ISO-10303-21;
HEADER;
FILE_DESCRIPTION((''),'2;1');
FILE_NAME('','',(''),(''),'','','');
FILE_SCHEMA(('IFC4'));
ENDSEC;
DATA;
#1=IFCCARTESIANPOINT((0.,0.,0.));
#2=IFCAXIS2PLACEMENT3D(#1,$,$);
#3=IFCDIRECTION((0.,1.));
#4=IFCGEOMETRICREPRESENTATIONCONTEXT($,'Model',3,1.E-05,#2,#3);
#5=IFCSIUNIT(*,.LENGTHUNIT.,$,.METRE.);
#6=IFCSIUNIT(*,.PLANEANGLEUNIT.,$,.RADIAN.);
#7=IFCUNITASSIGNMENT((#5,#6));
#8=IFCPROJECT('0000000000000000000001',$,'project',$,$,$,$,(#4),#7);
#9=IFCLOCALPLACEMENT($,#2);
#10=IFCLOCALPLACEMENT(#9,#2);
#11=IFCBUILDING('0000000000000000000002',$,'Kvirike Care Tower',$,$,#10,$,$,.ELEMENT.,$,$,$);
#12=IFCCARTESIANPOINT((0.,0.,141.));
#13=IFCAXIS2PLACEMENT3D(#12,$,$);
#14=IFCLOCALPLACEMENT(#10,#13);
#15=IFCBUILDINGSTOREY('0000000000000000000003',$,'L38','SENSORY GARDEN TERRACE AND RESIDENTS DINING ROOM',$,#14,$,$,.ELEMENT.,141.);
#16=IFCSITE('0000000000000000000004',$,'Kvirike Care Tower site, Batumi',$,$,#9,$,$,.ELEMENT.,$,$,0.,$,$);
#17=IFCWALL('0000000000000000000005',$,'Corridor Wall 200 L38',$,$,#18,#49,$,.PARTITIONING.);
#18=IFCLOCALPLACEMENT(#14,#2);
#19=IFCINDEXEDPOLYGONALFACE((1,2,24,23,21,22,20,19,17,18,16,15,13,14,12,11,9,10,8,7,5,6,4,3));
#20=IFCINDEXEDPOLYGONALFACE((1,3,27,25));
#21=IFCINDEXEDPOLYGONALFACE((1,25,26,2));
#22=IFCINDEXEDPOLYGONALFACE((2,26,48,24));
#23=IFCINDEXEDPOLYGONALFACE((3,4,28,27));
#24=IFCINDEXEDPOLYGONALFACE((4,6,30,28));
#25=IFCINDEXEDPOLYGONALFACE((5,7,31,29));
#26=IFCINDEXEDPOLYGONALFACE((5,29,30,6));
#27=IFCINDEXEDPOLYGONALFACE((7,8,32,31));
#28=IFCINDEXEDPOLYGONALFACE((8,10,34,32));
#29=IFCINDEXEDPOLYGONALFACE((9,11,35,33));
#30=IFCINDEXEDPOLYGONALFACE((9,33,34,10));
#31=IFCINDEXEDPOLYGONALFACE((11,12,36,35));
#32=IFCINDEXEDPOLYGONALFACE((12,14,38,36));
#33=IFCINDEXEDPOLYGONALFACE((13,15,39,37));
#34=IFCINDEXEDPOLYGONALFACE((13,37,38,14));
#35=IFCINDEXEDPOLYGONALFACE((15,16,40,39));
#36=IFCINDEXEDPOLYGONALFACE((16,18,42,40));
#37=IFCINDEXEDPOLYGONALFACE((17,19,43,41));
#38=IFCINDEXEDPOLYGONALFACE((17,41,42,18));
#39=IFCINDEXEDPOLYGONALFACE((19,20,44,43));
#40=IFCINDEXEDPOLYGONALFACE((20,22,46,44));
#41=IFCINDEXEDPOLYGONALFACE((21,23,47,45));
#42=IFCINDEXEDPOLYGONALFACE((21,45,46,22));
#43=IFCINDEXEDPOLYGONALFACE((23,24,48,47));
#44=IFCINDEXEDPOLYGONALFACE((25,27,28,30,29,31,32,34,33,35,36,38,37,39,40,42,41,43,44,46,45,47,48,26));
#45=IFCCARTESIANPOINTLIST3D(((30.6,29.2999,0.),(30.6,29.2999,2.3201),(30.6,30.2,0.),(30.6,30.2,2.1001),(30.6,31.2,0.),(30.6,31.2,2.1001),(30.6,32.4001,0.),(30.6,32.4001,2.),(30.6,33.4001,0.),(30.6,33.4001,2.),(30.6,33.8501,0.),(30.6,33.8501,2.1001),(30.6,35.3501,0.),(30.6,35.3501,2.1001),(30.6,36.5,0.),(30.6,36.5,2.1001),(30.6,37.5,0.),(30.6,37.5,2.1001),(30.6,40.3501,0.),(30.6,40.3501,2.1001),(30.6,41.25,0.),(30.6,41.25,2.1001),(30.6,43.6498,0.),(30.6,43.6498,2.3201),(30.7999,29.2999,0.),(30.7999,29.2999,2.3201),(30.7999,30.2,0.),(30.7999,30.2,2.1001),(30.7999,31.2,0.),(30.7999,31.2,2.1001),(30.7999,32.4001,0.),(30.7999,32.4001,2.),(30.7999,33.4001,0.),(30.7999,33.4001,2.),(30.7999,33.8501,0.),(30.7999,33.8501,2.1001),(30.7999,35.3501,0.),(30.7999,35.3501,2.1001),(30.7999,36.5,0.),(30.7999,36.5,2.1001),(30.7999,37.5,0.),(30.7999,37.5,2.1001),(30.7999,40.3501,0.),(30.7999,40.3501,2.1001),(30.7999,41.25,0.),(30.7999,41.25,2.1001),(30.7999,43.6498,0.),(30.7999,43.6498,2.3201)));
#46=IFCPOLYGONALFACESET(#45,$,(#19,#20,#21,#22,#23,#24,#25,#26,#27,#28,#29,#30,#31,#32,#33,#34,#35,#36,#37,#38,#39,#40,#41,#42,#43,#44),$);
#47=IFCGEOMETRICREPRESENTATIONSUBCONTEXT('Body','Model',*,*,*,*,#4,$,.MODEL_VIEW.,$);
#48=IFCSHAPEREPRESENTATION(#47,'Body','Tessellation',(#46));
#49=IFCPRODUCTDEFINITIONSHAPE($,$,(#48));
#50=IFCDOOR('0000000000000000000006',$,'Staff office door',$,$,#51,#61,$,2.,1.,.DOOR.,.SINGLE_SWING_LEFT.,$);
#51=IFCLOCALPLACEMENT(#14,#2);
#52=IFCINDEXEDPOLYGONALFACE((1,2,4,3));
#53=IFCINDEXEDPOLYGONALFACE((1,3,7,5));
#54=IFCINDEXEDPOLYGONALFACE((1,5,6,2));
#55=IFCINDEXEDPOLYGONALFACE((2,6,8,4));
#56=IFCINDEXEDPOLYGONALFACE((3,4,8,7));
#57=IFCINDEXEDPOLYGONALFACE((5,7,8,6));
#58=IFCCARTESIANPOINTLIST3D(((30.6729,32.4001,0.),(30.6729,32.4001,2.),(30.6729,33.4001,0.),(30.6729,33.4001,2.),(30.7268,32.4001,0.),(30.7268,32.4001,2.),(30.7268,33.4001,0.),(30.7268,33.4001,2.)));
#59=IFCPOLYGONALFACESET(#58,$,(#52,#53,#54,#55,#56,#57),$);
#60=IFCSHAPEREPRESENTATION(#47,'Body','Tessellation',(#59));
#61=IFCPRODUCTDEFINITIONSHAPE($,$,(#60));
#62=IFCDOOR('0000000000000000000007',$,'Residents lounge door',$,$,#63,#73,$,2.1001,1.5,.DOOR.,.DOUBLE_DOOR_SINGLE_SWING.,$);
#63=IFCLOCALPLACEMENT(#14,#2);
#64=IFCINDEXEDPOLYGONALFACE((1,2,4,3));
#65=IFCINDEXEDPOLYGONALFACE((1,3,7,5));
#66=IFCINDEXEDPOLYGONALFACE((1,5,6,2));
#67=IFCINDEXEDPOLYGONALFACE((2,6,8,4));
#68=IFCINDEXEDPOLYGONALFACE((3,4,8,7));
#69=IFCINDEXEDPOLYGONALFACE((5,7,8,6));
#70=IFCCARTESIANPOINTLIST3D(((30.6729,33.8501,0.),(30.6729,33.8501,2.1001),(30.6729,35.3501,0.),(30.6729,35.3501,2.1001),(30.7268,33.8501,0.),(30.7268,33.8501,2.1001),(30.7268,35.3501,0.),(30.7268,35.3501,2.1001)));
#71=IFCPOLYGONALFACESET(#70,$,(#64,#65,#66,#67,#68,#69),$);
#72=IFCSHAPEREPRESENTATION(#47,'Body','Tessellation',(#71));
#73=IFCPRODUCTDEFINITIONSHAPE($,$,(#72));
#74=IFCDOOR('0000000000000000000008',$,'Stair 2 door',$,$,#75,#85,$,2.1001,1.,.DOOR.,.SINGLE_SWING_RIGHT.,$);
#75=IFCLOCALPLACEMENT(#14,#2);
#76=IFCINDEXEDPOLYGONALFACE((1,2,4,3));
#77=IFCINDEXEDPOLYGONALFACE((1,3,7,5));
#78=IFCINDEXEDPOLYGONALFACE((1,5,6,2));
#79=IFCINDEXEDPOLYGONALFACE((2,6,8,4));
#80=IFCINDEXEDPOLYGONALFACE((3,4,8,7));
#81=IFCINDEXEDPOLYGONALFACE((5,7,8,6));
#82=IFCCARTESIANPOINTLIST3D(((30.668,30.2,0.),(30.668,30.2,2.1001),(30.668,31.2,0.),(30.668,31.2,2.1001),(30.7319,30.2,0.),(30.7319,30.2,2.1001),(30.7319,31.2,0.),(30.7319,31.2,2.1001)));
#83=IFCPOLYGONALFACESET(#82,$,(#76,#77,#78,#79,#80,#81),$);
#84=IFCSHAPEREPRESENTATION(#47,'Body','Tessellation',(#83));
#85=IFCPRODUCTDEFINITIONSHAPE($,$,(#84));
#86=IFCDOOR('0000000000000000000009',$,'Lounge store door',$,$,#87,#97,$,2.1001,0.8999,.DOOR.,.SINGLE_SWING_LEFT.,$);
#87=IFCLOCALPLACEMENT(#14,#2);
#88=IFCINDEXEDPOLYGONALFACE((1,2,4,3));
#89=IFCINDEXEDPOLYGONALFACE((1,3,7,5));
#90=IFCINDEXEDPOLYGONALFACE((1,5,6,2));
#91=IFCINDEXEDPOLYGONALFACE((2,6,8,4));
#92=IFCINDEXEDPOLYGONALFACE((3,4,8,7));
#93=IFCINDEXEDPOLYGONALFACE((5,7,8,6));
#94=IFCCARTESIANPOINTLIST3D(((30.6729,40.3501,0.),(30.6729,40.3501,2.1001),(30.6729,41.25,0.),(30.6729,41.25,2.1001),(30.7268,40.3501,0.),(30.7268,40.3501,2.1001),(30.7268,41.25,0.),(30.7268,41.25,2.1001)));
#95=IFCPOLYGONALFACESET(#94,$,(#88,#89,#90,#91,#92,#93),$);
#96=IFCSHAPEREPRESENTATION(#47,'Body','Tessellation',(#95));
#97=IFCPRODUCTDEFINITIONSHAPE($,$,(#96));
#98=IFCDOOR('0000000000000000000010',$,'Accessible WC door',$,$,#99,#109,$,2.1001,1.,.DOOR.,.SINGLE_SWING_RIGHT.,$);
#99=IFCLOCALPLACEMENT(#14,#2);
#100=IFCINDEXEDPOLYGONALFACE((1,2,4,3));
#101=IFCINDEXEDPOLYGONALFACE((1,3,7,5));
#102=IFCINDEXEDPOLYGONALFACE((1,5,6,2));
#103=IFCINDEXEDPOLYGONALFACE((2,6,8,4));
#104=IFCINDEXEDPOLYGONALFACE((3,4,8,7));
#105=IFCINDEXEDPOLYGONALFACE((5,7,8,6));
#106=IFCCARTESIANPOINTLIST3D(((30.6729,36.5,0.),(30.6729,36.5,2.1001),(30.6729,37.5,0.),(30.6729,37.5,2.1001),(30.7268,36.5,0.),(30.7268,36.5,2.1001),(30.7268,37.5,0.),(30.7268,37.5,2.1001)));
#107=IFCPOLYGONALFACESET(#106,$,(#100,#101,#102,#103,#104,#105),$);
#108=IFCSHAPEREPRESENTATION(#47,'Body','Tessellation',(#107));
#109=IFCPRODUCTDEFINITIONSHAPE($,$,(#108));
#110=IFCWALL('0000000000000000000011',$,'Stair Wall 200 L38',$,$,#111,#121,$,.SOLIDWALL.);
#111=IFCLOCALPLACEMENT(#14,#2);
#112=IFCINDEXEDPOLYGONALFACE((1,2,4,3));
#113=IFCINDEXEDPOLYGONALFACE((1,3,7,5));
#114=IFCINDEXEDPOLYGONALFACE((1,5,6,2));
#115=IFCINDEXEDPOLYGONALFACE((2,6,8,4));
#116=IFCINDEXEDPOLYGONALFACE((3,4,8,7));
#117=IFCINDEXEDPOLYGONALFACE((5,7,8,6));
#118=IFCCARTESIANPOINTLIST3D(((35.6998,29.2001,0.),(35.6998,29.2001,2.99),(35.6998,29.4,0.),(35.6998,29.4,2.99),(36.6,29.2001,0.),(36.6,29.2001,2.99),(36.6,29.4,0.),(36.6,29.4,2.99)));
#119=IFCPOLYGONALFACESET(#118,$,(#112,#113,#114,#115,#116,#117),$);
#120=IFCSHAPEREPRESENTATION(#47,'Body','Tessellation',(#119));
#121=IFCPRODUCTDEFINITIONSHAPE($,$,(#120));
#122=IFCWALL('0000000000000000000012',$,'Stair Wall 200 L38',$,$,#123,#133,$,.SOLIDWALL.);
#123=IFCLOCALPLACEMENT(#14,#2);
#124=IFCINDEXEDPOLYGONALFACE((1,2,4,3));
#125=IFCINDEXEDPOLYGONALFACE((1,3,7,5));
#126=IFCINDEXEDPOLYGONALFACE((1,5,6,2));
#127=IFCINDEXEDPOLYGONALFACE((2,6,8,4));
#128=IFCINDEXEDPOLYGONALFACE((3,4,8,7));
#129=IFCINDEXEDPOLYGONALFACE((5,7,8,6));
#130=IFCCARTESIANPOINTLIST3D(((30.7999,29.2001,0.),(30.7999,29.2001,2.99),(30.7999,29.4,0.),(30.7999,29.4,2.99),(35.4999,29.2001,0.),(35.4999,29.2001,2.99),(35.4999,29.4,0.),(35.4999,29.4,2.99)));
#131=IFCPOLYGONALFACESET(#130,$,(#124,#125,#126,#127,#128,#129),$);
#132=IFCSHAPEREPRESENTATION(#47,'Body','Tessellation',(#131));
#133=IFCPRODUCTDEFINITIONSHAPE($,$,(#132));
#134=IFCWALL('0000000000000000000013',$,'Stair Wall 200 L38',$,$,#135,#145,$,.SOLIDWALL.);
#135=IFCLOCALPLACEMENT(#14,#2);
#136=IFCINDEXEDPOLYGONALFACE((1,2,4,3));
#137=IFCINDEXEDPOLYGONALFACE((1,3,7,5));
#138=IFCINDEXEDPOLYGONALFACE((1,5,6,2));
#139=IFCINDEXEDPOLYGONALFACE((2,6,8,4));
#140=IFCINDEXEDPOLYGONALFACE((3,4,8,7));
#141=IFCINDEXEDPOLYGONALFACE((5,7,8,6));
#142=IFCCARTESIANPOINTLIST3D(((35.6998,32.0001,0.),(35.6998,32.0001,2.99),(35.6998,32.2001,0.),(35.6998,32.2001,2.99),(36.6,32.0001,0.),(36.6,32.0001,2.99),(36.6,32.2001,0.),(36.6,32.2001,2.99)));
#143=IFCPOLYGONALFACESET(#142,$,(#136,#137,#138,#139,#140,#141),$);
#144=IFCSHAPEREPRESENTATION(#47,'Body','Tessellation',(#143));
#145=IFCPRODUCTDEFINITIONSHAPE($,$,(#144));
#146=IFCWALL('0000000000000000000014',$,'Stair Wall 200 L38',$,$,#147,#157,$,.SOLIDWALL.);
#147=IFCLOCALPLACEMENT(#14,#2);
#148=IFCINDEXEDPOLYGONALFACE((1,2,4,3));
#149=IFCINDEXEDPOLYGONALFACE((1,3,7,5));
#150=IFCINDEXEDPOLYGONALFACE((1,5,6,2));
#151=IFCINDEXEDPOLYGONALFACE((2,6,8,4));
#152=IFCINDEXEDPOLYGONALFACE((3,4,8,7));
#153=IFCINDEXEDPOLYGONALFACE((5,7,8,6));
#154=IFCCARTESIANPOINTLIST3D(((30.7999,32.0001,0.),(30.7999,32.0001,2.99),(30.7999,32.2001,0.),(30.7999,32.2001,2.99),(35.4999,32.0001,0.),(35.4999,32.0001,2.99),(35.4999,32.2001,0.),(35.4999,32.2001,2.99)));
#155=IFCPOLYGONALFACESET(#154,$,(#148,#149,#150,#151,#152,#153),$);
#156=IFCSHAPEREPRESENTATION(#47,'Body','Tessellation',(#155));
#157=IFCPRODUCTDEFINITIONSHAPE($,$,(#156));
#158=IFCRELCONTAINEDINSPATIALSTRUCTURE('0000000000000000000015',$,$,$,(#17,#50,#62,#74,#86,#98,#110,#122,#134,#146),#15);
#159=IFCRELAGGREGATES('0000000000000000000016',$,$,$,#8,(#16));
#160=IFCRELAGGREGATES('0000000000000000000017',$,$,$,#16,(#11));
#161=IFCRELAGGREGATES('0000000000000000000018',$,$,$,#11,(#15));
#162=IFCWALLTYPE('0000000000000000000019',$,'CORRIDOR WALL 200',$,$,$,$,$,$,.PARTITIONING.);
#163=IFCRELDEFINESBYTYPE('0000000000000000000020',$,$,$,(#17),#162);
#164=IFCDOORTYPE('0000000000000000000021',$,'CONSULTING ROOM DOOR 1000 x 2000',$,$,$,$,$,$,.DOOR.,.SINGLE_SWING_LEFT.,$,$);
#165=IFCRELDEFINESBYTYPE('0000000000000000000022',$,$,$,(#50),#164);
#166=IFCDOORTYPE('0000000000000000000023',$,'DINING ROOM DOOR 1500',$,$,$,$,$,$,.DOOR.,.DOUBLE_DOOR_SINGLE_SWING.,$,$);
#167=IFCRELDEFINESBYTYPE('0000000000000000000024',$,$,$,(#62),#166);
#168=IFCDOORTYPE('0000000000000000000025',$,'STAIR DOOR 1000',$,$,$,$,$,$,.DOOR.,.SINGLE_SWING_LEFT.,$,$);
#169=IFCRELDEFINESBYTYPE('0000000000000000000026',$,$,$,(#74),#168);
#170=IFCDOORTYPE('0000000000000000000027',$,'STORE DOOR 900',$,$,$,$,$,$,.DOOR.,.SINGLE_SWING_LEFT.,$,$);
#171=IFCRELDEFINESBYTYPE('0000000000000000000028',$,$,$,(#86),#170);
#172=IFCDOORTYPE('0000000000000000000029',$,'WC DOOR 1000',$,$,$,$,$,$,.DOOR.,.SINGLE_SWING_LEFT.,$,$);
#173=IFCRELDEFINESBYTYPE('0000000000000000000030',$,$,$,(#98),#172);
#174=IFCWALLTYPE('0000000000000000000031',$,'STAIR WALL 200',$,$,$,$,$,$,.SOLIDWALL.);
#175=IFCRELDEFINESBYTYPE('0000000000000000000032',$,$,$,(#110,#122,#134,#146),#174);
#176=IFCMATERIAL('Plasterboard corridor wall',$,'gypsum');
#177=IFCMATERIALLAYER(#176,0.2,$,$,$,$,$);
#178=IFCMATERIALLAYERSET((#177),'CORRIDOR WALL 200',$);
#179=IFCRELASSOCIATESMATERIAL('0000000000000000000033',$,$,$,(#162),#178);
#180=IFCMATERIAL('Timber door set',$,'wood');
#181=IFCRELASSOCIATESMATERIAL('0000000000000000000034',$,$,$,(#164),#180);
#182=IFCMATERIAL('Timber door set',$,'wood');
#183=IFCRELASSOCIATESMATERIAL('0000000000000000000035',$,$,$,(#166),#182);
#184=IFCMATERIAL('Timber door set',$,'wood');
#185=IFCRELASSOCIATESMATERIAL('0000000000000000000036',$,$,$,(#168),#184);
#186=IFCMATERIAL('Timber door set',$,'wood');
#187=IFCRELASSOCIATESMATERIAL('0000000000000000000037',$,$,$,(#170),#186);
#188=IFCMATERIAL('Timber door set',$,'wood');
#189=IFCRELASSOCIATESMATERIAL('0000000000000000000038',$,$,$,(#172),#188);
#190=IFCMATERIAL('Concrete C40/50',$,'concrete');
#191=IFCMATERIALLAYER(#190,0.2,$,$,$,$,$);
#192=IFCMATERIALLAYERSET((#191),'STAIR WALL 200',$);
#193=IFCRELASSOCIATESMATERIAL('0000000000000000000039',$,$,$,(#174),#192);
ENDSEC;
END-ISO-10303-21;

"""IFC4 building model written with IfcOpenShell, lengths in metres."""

from ifc_helpers import new_model, si_unit, direction, frame, frame_2d, origin, place, context, subcontext, project, spatial, rectangle, extrude, material, layer, layer_set, type_object, element, fill, save


model = new_model("IFC4")

# Units and contexts
model_context = context("Model", 3, precision=1e-05, world=origin(), true_north=direction((0.0, 1.0)))
body_context = subcontext(model_context, "Body", "Model", "MODEL_VIEW")
ifc_project = project(units=[si_unit("LENGTHUNIT", "METRE"), si_unit("PLANEANGLEUNIT", "RADIAN")], contexts=[model_context])

# Site, building, storey
site_placement = place(None, origin())
site = spatial("IfcSite", under=ifc_project, at=site_placement, Name="Kvirike Care Tower site, Batumi", CompositionType="ELEMENT", RefElevation=0.0)
building_placement = place(site_placement, origin())
building = spatial("IfcBuilding", under=site, at=building_placement, Name="Kvirike Care Tower", CompositionType="ELEMENT")
storey_placement = place(building_placement, frame((0.0, 0.0, 141.0)))
storey = spatial("IfcBuildingStorey", under=building, at=storey_placement, Name="L38", Description="SENSORY GARDEN TERRACE AND RESIDENTS DINING ROOM", CompositionType="ELEMENT", Elevation=141.0)

# Wall, openings, doors
ifc_material_1 = material(Name="Plasterboard corridor wall", Category="gypsum")
ifc_layer_1 = layer(ifc_material_1, 0.2)
ifc_layer_set_1 = layer_set([ifc_layer_1], Name="CORRIDOR WALL 200")
wall_type_1 = type_object("IfcWallType", Name="CORRIDOR WALL 200", PredefinedType="PARTITIONING", material=ifc_layer_set_1)
wall_1_placement = place(storey_placement, frame((30.7, 29.3, 0.0), z_axis=(0.0, 0.0, 1.0), x_axis=(0.0, 1.0, 0.0)))
wall_1 = element("IfcWall", 1, at=wall_1_placement, inside=storey, type_object=wall_type_1, Name="Corridor Wall 200 L38", PredefinedType="PARTITIONING", context=body_context, shape_type="SweptSolid", body=[
    extrude(rectangle(XDim=14.3499, YDim=0.2, at=frame_2d((7.1748, 0.0))), origin(), (0.0, 0.0, 1.0), 2.3201),
])
opening_1_placement = place(wall_1_placement, frame((0.8999, 0.0, 0.0)))
opening_1 = element("IfcOpeningElement", 2, at=opening_1_placement, cuts=wall_1, PredefinedType="OPENING", context=body_context, shape_type="SweptSolid", body=[
    extrude(rectangle(XDim=1.0, YDim=2.1001, at=frame_2d((0.5, 1.05))), frame((0.0, 0.1106, 0.0), z_axis=(0.0, -1.0, 0.0), x_axis=(1.0, 0.0, 0.0)), (0.0, 0.0, 1.0), 0.2209),
])
opening_2_placement = place(wall_1_placement, frame((3.1001, 0.0, 0.0)))
opening_2 = element("IfcOpeningElement", 3, at=opening_2_placement, cuts=wall_1, PredefinedType="OPENING", context=body_context, shape_type="SweptSolid", body=[
    extrude(rectangle(XDim=1.0, YDim=2.0, at=frame_2d((0.5, 1.0))), frame((0.0, 0.1106, 0.0), z_axis=(0.0, -1.0, 0.0), x_axis=(1.0, 0.0, 0.0)), (0.0, 0.0, 1.0), 0.2209),
])
opening_3_placement = place(wall_1_placement, frame((4.55, 0.0, 0.0)))
opening_3 = element("IfcOpeningElement", 4, at=opening_3_placement, cuts=wall_1, PredefinedType="OPENING", context=body_context, shape_type="SweptSolid", body=[
    extrude(rectangle(XDim=1.5, YDim=2.1001, at=frame_2d((0.75, 1.05))), frame((0.0, 0.1106, 0.0), z_axis=(0.0, -1.0, 0.0), x_axis=(1.0, 0.0, 0.0)), (0.0, 0.0, 1.0), 0.2209),
])
opening_4_placement = place(wall_1_placement, frame((7.2, 0.0, 0.0)))
opening_4 = element("IfcOpeningElement", 5, at=opening_4_placement, cuts=wall_1, PredefinedType="OPENING", context=body_context, shape_type="SweptSolid", body=[
    extrude(rectangle(XDim=1.0, YDim=2.1001, at=frame_2d((0.5, 1.05))), frame((0.0, 0.1106, 0.0), z_axis=(0.0, -1.0, 0.0), x_axis=(1.0, 0.0, 0.0)), (0.0, 0.0, 1.0), 0.2209),
])
opening_5_placement = place(wall_1_placement, frame((11.05, 0.0, 0.0)))
opening_5 = element("IfcOpeningElement", 6, at=opening_5_placement, cuts=wall_1, PredefinedType="OPENING", context=body_context, shape_type="SweptSolid", body=[
    extrude(rectangle(XDim=0.8999, YDim=2.1001, at=frame_2d((0.45, 1.05))), frame((0.0, 0.1106, 0.0), z_axis=(0.0, -1.0, 0.0), x_axis=(1.0, 0.0, 0.0)), (0.0, 0.0, 1.0), 0.2209),
])
ifc_material_2 = material(Name="Timber door set", Category="wood")
door_type_1 = type_object("IfcDoorType", Name="CONSULTING ROOM DOOR 1000 x 2000", OperationType="SINGLE_SWING_LEFT", PredefinedType="DOOR", material=ifc_material_2)
door_1_placement = place(opening_2_placement, frame((1.0, 0.0, 0.0), z_axis=(0.0, 0.0, 1.0), x_axis=(-1.0, 0.0, 0.0)))
door_1 = element("IfcDoor", 7, at=door_1_placement, inside=storey, type_object=door_type_1, Name="Staff office door", OperationType="SINGLE_SWING_LEFT", OverallHeight=2.0, OverallWidth=1.0, PredefinedType="DOOR", context=body_context, shape_type="SweptSolid", body=[
    extrude(rectangle(XDim=1.0, YDim=2.0, at=frame_2d((0.5, 1.0))), frame((0.0, 0.0269, 0.0), z_axis=(0.0, -1.0, 0.0), x_axis=(1.0, 0.0, 0.0)), (0.0, 0.0, 1.0), 0.054),
])
fill(opening_2, door_1)
ifc_material_3 = material(Name="Timber door set", Category="wood")
door_type_2 = type_object("IfcDoorType", Name="DINING ROOM DOOR 1500", OperationType="DOUBLE_DOOR_SINGLE_SWING", PredefinedType="DOOR", material=ifc_material_3)
door_2_placement = place(opening_3_placement, frame((1.5, 0.0, 0.0), z_axis=(0.0, 0.0, 1.0), x_axis=(-1.0, 0.0, 0.0)))
door_2 = element("IfcDoor", 8, at=door_2_placement, inside=storey, type_object=door_type_2, Name="Residents lounge door", OperationType="DOUBLE_DOOR_SINGLE_SWING", OverallHeight=2.1001, OverallWidth=1.5, PredefinedType="DOOR", context=body_context, shape_type="SweptSolid", body=[
    extrude(rectangle(XDim=1.5, YDim=2.1001, at=frame_2d((0.75, 1.05))), frame((0.0, 0.0269, 0.0), z_axis=(0.0, -1.0, 0.0), x_axis=(1.0, 0.0, 0.0)), (0.0, 0.0, 1.0), 0.054),
])
fill(opening_3, door_2)
ifc_material_4 = material(Name="Timber door set", Category="wood")
door_type_3 = type_object("IfcDoorType", Name="STAIR DOOR 1000", OperationType="SINGLE_SWING_LEFT", PredefinedType="DOOR", material=ifc_material_4)
door_3_placement = place(opening_1_placement, frame((1.0, 0.0, 0.0), z_axis=(0.0, 0.0, 1.0), x_axis=(-1.0, 0.0, 0.0)))
door_3 = element("IfcDoor", 9, at=door_3_placement, inside=storey, type_object=door_type_3, Name="Stair 2 door", OperationType="SINGLE_SWING_RIGHT", OverallHeight=2.1001, OverallWidth=1.0, PredefinedType="DOOR", context=body_context, shape_type="SweptSolid", body=[
    extrude(rectangle(XDim=1.0, YDim=2.1001, at=frame_2d((0.5, 1.05))), frame((0.0, 0.032, 0.0), z_axis=(0.0, -1.0, 0.0), x_axis=(1.0, 0.0, 0.0)), (0.0, 0.0, 1.0), 0.064),
])
fill(opening_1, door_3)
ifc_material_5 = material(Name="Timber door set", Category="wood")
door_type_4 = type_object("IfcDoorType", Name="STORE DOOR 900", OperationType="SINGLE_SWING_LEFT", PredefinedType="DOOR", material=ifc_material_5)
door_4_placement = place(opening_5_placement, frame((0.8999, 0.0, 0.0), z_axis=(0.0, 0.0, 1.0), x_axis=(-1.0, 0.0, 0.0)))
door_4 = element("IfcDoor", 10, at=door_4_placement, inside=storey, type_object=door_type_4, Name="Lounge store door", OperationType="SINGLE_SWING_LEFT", OverallHeight=2.1001, OverallWidth=0.8999, PredefinedType="DOOR", context=body_context, shape_type="SweptSolid", body=[
    extrude(rectangle(XDim=0.8999, YDim=2.1001, at=frame_2d((0.45, 1.05))), frame((0.0, 0.0269, 0.0), z_axis=(0.0, -1.0, 0.0), x_axis=(1.0, 0.0, 0.0)), (0.0, 0.0, 1.0), 0.054),
])
fill(opening_5, door_4)
ifc_material_6 = material(Name="Timber door set", Category="wood")
door_type_5 = type_object("IfcDoorType", Name="WC DOOR 1000", OperationType="SINGLE_SWING_LEFT", PredefinedType="DOOR", material=ifc_material_6)
door_5_placement = place(opening_4_placement, frame((1.0, 0.0, 0.0), z_axis=(0.0, 0.0, 1.0), x_axis=(-1.0, 0.0, 0.0)))
door_5 = element("IfcDoor", 11, at=door_5_placement, inside=storey, type_object=door_type_5, Name="Accessible WC door", OperationType="SINGLE_SWING_RIGHT", OverallHeight=2.1001, OverallWidth=1.0, PredefinedType="DOOR", context=body_context, shape_type="SweptSolid", body=[
    extrude(rectangle(XDim=1.0, YDim=2.1001, at=frame_2d((0.5, 1.05))), frame((0.0, 0.0269, 0.0), z_axis=(0.0, -1.0, 0.0), x_axis=(1.0, 0.0, 0.0)), (0.0, 0.0, 1.0), 0.054),
])
fill(opening_4, door_5)

# Walls
ifc_material_7 = material(Name="Concrete C40/50", Category="concrete")
ifc_layer_2 = layer(ifc_material_7, 0.2)
ifc_layer_set_2 = layer_set([ifc_layer_2], Name="STAIR WALL 200")
wall_type_2 = type_object("IfcWallType", Name="STAIR WALL 200", PredefinedType="SOLIDWALL", material=ifc_layer_set_2)
wall_2_placement = place(storey_placement, frame((36.6001, 29.3, 0.0), z_axis=(0.0, 0.0, 1.0), x_axis=(-1.0, 0.0, 0.0)))
element("IfcWall", 12, at=wall_2_placement, inside=storey, type_object=wall_type_2, Name="Stair Wall 200 L38", PredefinedType="SOLIDWALL", context=body_context, shape_type="SweptSolid", body=[
    extrude(rectangle(XDim=0.9001, YDim=0.2, at=frame_2d((0.4502, 0.0))), origin(), (0.0, 0.0, 1.0), 2.99),
])
wall_3_placement = place(storey_placement, frame((35.5, 29.3, 0.0), z_axis=(0.0, 0.0, 1.0), x_axis=(-1.0, 0.0, 0.0)))
element("IfcWall", 13, at=wall_3_placement, inside=storey, type_object=wall_type_2, Name="Stair Wall 200 L38", PredefinedType="SOLIDWALL", context=body_context, shape_type="SweptSolid", body=[
    extrude(rectangle(XDim=4.7, YDim=0.2, at=frame_2d((2.3501, 0.0))), origin(), (0.0, 0.0, 1.0), 2.99),
])
wall_4_placement = place(storey_placement, frame((36.6001, 32.1001, 0.0), z_axis=(0.0, 0.0, 1.0), x_axis=(-1.0, 0.0, 0.0)))
element("IfcWall", 14, at=wall_4_placement, inside=storey, type_object=wall_type_2, Name="Stair Wall 200 L38", PredefinedType="SOLIDWALL", context=body_context, shape_type="SweptSolid", body=[
    extrude(rectangle(XDim=0.9001, YDim=0.2, at=frame_2d((0.4502, 0.0))), origin(), (0.0, 0.0, 1.0), 2.99),
])
wall_5_placement = place(storey_placement, frame((35.5, 32.1001, 0.0), z_axis=(0.0, 0.0, 1.0), x_axis=(-1.0, 0.0, 0.0)))
element("IfcWall", 15, at=wall_5_placement, inside=storey, type_object=wall_type_2, Name="Stair Wall 200 L38", PredefinedType="SOLIDWALL", context=body_context, shape_type="SweptSolid", body=[
    extrude(rectangle(XDim=4.7, YDim=0.2, at=frame_2d((2.3501, 0.0))), origin(), (0.0, 0.0, 1.0), 2.99),
])

save(model, "model.ifc")
